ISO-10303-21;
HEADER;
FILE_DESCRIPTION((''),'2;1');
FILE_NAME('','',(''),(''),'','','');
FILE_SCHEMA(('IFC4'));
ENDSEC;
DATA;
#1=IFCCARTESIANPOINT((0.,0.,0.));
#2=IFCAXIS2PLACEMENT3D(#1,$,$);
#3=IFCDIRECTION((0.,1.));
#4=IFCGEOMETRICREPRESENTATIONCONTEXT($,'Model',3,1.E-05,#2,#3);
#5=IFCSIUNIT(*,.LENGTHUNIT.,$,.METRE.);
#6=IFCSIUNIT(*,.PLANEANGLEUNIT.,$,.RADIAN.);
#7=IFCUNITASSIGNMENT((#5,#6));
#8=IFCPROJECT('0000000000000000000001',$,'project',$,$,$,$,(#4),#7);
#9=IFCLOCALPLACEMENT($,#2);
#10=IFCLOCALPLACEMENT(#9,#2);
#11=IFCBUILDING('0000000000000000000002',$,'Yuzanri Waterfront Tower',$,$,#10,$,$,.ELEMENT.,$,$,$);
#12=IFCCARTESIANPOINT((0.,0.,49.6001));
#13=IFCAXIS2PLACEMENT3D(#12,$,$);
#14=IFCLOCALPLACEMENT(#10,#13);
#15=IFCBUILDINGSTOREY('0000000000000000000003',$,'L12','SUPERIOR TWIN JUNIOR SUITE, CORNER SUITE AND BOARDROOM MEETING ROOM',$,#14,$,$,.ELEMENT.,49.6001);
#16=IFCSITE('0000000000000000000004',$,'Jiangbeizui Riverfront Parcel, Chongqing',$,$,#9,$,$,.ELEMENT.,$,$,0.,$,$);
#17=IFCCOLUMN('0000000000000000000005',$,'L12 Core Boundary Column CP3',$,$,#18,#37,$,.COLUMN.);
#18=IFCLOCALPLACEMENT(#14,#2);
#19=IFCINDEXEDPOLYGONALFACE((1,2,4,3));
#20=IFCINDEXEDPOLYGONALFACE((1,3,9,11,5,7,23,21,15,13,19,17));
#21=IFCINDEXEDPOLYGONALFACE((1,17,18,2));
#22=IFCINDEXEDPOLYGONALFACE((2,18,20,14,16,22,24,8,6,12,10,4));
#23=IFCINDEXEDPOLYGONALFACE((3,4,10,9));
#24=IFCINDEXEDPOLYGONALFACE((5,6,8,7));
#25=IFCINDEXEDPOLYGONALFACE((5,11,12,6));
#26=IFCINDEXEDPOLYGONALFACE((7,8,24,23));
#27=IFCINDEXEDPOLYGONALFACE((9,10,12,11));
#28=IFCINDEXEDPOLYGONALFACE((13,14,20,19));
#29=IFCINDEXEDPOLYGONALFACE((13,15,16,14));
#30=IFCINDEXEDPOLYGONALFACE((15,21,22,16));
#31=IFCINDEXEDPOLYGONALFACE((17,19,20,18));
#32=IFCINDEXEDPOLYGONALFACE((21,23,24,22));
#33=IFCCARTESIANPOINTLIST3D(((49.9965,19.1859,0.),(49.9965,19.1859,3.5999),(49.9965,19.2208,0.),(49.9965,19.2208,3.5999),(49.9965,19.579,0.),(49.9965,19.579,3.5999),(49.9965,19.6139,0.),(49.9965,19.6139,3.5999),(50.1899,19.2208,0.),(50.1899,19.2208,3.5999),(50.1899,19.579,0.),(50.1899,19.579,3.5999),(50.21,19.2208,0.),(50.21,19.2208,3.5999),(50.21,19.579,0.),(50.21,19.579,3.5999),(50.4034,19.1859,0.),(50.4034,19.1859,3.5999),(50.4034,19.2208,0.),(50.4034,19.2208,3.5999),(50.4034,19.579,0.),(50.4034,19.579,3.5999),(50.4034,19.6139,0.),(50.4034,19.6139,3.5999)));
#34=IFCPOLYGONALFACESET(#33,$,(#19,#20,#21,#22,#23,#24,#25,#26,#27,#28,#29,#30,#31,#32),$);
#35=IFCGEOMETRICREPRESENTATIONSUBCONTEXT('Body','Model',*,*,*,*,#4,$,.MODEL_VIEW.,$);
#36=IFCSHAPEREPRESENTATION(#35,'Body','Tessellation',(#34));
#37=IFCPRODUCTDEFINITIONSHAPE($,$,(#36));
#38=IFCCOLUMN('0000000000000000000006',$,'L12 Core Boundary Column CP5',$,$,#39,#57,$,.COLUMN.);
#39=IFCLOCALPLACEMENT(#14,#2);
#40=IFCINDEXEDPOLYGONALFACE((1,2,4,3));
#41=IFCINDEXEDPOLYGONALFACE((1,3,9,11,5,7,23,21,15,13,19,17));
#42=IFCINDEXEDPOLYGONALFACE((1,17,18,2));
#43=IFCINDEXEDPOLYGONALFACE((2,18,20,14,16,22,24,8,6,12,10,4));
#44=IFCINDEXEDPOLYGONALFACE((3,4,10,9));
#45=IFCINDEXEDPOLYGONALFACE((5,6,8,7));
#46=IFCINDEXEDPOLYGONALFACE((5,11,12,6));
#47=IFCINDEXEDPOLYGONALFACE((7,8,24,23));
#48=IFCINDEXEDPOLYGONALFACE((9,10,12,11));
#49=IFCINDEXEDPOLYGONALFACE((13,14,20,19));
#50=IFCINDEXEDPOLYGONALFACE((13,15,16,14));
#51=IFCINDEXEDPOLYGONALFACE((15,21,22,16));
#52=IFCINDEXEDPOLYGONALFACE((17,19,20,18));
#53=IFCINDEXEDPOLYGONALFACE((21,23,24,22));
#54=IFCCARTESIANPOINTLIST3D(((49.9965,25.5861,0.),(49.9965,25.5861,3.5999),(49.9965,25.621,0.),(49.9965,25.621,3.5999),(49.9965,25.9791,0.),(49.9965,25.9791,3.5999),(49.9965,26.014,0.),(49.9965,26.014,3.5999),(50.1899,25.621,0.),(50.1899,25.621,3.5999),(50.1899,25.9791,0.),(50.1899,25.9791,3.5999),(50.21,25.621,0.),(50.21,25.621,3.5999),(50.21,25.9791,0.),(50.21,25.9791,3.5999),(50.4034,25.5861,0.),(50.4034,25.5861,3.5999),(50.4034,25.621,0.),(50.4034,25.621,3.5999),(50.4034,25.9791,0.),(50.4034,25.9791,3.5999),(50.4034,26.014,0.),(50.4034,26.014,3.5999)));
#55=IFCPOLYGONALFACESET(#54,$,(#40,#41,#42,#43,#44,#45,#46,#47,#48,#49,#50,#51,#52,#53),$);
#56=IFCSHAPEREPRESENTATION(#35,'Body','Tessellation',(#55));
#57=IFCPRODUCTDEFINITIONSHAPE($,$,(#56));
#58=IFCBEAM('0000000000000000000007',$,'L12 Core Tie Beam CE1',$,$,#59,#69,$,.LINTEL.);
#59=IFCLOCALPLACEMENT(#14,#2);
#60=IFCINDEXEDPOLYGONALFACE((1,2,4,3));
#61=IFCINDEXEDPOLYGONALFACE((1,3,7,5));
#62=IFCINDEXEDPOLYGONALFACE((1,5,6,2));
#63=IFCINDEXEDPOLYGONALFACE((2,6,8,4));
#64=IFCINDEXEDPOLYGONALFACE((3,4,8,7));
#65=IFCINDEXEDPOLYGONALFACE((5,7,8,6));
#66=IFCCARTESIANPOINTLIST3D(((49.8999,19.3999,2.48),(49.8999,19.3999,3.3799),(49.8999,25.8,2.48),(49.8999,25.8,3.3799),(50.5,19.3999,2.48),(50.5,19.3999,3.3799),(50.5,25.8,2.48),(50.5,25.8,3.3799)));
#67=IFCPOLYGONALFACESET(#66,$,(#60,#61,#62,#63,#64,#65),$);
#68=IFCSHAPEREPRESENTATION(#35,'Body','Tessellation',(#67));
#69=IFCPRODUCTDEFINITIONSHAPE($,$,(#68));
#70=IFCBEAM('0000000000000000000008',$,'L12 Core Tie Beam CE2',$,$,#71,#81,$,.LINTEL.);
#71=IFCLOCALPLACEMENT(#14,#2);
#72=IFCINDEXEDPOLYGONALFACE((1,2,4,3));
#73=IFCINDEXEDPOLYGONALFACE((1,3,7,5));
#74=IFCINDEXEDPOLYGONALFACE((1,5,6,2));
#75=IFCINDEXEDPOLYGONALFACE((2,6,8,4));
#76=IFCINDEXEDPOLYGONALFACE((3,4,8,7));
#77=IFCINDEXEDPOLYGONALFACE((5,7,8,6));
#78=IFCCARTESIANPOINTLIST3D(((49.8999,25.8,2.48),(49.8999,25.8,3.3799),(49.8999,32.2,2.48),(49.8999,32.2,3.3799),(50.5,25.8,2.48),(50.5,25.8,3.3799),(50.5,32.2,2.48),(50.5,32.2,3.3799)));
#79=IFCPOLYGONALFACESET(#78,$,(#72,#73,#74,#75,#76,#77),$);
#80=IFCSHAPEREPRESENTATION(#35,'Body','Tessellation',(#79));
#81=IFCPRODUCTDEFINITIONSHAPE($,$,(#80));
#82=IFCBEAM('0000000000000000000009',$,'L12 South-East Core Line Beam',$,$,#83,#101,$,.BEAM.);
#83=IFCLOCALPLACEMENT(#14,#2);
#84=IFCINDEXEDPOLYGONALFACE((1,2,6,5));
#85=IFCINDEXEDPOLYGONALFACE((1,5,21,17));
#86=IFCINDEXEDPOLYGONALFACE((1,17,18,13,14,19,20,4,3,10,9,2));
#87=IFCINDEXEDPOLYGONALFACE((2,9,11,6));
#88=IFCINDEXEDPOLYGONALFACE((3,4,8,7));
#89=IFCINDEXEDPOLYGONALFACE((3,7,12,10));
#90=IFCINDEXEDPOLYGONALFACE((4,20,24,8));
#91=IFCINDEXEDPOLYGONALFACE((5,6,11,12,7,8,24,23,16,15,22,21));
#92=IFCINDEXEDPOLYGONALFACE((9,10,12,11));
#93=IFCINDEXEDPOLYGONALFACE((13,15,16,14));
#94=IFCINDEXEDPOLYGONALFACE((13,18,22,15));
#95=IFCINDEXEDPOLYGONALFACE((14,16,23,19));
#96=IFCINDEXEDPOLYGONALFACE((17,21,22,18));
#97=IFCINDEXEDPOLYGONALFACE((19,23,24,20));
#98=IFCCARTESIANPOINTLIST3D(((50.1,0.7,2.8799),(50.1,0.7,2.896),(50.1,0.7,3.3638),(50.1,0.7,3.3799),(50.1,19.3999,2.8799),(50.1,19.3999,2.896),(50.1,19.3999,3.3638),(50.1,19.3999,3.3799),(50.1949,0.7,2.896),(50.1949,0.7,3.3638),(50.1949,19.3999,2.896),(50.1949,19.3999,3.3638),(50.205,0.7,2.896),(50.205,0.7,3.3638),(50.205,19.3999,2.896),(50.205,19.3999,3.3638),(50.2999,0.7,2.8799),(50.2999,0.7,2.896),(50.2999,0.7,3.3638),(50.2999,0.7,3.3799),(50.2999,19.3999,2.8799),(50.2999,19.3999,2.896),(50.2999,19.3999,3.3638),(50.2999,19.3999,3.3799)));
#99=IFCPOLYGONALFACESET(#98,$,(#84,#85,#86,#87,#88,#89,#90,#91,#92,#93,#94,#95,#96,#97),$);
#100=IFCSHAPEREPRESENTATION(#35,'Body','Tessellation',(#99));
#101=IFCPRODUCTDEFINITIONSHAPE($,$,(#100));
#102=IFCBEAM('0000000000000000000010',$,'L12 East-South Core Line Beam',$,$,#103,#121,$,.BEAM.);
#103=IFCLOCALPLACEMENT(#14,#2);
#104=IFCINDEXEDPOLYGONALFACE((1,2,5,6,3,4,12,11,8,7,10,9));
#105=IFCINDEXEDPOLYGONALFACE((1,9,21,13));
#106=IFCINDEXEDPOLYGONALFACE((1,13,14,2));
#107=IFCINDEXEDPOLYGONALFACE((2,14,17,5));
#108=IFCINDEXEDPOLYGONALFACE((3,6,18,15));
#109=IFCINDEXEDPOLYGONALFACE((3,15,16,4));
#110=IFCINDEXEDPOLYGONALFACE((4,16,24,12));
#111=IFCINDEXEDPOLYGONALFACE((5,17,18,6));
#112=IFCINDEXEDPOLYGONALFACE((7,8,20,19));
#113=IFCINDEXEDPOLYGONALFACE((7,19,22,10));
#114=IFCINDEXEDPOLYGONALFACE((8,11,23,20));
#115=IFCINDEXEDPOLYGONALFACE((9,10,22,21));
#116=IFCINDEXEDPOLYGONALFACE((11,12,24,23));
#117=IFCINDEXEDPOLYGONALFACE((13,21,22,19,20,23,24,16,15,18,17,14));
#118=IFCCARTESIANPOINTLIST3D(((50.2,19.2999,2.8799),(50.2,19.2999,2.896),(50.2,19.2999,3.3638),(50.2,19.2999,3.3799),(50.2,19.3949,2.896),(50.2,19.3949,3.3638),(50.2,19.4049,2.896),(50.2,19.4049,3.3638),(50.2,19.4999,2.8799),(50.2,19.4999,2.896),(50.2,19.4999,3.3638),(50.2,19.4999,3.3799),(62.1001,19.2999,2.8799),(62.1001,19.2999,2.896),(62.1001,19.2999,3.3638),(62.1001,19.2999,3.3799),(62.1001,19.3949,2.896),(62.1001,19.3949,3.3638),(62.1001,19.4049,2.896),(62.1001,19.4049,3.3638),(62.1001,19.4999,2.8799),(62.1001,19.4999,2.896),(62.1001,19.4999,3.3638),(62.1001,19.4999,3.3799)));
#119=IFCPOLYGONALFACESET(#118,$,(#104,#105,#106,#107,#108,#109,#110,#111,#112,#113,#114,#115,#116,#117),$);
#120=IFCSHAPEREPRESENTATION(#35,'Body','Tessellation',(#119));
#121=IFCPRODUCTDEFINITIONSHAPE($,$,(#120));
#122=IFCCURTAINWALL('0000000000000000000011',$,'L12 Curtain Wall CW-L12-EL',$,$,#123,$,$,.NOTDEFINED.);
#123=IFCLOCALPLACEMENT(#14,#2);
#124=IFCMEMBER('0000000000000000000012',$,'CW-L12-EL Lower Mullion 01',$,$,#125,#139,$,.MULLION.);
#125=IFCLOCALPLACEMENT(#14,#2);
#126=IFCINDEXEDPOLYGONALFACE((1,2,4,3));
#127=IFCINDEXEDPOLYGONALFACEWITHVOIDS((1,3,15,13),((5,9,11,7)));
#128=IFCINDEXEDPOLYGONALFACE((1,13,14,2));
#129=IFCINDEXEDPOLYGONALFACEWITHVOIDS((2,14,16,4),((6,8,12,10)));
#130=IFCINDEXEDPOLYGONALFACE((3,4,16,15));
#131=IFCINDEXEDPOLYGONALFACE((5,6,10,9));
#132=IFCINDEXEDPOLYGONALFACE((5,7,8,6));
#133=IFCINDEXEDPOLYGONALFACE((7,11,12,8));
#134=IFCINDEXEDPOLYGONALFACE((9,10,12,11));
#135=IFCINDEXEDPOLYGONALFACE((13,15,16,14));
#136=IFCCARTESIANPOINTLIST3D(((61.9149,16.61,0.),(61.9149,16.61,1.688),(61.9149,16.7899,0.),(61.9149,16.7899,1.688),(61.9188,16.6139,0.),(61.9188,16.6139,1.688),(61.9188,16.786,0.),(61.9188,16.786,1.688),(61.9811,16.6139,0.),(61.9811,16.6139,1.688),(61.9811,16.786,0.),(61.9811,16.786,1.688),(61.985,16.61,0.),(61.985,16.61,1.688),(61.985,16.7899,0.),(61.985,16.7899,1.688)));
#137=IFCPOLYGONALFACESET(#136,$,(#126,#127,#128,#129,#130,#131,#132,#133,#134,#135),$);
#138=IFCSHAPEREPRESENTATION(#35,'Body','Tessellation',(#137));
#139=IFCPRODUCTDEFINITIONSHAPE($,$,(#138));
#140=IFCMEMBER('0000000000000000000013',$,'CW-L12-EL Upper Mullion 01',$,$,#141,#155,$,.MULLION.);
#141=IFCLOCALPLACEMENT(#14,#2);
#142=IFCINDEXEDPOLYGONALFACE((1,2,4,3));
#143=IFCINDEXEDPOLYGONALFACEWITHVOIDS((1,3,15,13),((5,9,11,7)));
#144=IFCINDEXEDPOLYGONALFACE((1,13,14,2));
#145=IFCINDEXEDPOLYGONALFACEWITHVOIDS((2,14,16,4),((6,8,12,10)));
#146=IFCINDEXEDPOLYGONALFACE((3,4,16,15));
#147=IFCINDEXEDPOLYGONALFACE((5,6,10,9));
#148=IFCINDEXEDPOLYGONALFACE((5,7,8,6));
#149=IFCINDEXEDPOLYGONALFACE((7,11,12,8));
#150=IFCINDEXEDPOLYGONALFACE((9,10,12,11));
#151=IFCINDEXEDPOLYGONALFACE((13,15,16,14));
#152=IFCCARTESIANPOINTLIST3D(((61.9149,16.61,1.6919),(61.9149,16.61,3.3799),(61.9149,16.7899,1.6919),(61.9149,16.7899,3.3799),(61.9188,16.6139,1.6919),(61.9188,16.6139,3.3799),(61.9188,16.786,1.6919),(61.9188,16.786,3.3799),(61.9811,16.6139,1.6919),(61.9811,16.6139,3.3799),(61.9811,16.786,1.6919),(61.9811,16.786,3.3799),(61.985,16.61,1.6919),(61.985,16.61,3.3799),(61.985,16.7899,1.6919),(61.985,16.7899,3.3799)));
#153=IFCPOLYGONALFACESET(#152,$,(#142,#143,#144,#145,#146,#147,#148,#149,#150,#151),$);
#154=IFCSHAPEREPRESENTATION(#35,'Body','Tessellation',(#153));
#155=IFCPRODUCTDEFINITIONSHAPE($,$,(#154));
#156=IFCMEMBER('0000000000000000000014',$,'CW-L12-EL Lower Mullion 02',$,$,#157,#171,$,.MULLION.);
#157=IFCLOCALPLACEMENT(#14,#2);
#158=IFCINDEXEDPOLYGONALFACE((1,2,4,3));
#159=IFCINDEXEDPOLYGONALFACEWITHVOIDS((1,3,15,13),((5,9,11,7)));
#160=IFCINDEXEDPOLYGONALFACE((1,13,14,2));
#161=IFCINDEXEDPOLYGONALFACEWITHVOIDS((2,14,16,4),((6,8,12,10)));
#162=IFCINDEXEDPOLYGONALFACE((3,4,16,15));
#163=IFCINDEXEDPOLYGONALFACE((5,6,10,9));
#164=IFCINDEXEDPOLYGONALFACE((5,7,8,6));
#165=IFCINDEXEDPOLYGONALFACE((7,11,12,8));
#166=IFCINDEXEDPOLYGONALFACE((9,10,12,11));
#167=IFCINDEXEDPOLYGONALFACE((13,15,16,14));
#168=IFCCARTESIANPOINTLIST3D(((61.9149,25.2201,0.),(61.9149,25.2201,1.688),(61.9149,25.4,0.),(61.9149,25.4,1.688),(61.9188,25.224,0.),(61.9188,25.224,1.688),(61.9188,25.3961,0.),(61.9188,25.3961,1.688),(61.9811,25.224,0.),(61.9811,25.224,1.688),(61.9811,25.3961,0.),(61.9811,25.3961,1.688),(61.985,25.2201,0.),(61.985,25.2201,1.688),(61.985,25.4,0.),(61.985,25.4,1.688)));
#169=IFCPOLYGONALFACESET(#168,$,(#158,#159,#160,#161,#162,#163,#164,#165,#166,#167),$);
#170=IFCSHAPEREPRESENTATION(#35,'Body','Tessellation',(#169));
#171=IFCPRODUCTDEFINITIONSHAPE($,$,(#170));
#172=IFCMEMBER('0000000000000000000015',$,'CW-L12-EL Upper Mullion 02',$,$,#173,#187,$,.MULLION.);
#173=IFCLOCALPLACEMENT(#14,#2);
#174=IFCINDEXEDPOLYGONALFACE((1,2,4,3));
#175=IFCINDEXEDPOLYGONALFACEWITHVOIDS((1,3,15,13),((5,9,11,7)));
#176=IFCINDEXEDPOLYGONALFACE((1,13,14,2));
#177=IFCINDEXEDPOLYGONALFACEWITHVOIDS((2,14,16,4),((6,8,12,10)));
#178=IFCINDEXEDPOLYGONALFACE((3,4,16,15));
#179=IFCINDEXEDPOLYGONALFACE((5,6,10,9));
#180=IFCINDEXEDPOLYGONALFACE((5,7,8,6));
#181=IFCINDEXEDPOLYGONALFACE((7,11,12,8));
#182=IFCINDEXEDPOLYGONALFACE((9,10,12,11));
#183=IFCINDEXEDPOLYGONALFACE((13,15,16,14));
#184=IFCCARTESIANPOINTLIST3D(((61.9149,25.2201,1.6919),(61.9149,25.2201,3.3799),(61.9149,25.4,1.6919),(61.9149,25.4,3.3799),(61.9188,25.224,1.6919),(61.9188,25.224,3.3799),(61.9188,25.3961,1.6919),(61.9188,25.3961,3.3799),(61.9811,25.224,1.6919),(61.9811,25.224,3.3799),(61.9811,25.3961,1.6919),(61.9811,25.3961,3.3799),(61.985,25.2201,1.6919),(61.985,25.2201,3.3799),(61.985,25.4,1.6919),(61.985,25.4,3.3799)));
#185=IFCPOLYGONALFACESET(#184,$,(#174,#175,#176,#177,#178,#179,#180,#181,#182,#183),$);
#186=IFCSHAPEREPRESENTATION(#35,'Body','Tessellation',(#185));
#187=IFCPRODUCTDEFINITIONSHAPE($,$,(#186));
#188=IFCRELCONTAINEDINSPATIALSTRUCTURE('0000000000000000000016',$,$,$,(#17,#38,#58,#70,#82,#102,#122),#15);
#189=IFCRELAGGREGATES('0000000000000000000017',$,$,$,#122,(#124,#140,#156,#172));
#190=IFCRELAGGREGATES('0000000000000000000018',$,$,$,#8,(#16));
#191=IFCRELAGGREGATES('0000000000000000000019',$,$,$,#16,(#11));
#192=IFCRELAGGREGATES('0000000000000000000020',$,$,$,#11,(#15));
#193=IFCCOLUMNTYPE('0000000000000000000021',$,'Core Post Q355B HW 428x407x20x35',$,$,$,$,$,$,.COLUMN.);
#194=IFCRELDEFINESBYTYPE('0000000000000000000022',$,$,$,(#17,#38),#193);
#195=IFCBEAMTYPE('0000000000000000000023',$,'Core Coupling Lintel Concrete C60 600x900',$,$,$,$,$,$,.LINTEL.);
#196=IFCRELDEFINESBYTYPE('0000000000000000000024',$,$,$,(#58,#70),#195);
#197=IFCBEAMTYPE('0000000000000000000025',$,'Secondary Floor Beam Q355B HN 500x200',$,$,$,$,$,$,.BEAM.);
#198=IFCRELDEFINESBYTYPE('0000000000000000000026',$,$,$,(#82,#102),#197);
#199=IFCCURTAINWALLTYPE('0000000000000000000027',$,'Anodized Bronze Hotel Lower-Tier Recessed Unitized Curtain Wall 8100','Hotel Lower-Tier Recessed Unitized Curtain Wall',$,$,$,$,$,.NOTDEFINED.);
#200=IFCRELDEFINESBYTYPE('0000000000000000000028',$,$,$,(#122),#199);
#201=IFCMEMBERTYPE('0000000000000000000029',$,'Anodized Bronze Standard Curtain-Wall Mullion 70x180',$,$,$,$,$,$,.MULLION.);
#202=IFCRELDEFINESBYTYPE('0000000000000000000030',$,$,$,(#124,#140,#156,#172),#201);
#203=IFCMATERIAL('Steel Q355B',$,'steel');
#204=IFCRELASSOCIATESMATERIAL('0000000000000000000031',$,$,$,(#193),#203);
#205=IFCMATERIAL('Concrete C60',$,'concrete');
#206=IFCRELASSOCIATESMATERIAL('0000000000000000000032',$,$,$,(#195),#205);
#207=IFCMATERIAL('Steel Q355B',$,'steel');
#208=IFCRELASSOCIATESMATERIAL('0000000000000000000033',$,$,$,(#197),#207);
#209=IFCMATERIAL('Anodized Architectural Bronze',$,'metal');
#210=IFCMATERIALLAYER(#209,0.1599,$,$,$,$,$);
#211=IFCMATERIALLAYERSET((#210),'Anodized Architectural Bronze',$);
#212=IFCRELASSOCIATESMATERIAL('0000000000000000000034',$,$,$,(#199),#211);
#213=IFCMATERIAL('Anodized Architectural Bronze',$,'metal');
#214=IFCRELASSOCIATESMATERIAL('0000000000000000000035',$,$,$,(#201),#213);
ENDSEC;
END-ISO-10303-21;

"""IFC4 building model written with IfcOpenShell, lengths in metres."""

from ifc_helpers import new_model, si_unit, direction, frame, origin, origin_2d, place, context, subcontext, project, spatial, rectangle, hollow_rectangle, i_section, extrude, source, transform, mapped, material, layer, layer_set, material_profile, profile_set, type_object, element, aggregate, save


model = new_model("IFC4")

# Units and contexts
model_context = context("Model", 3, precision=1e-05, world=origin(), true_north=direction((0.0, 1.0)))
body_context = subcontext(model_context, "Body", "Model", "MODEL_VIEW")
ifc_project = project(units=[si_unit("LENGTHUNIT", "METRE"), si_unit("PLANEANGLEUNIT", "RADIAN")], contexts=[model_context])

# Site, building, storey
site_placement = place(None, origin())
site = spatial("IfcSite", under=ifc_project, at=site_placement, Name="Jiangbeizui Riverfront Parcel, Chongqing", CompositionType="ELEMENT", RefElevation=0.0)
building_placement = place(site_placement, origin())
building = spatial("IfcBuilding", under=site, at=building_placement, Name="Yuzanri Waterfront Tower", CompositionType="ELEMENT")
storey_placement = place(building_placement, frame((0.0, 0.0, 49.6001)))
storey = spatial("IfcBuildingStorey", under=building, at=storey_placement, Name="L12", Description="SUPERIOR TWIN JUNIOR SUITE, CORNER SUITE AND BOARDROOM MEETING ROOM", CompositionType="ELEMENT", Elevation=49.6001)

# Columns
ifc_material_1 = material(Name="Steel Q355B", Category="steel")
ifc_material_profile_1 = material_profile(ifc_material_1, i_section(OverallWidth=0.407, OverallDepth=0.428, WebThickness=0.02, FlangeThickness=0.0349, at=origin_2d()), Name="HW 428x407x20x35")
ifc_profile_set_1 = profile_set([ifc_material_profile_1], Name="Steel Q355B")
column_type = type_object("IfcColumnType", Name="Core Post Q355B HW 428x407x20x35", PredefinedType="COLUMN", material=ifc_profile_set_1)
shared_shape_1 = source(origin(), body_context, "Body", "SweptSolid", [
    extrude(i_section(OverallWidth=0.407, OverallDepth=0.428, WebThickness=0.02, FlangeThickness=0.0349, at=origin_2d()), origin(), (0.0, 0.0, 1.0), 3.5999),
])
for number, where, z_axis, x_axis, name in (
    (1, (50.2, 19.3999, 0.0), (0.0, 0.0, 1.0), (1.0, 0.0, 0.0), "L12 Core Boundary Column CP3"),
    (2, (50.2, 25.8, 0.0), (0.0, 0.0, 1.0), (1.0, 0.0, 0.0), "L12 Core Boundary Column CP5"),
):
    element("IfcColumn", number, at=place(storey_placement, frame(where, z_axis=z_axis, x_axis=x_axis)), inside=storey, type_object=column_type, Name=name, PredefinedType="COLUMN", context=body_context, shape_type="MappedRepresentation", body=[
        mapped(shared_shape_1, transform((0.0, 0.0, 0.0), scale=1.0)),
    ])

# Beams
ifc_material_2 = material(Name="Concrete C60", Category="concrete")
ifc_material_profile_2 = material_profile(ifc_material_2, rectangle(XDim=0.6001, YDim=0.8999, at=origin_2d()), Name="RC 600x900")
ifc_profile_set_2 = profile_set([ifc_material_profile_2], Name="Concrete C60")
beam_type_1 = type_object("IfcBeamType", Name="Core Coupling Lintel Concrete C60 600x900", PredefinedType="LINTEL", material=ifc_profile_set_2)
shared_shape_2 = source(origin(), body_context, "Body", "SweptSolid", [
    extrude(rectangle(XDim=0.6001, YDim=0.8999, at=origin_2d()), origin(), (0.0, 0.0, 1.0), 6.4001),
])
beam_1_placement = place(storey_placement, frame((50.2, 19.3999, 2.9299), z_axis=(0.0, 1.0, 0.0), x_axis=(-1.0, 0.0, 0.0)))
element("IfcBeam", 3, at=beam_1_placement, inside=storey, type_object=beam_type_1, Name="L12 Core Tie Beam CE1", PredefinedType="LINTEL", context=body_context, shape_type="MappedRepresentation", body=[
    mapped(shared_shape_2, transform((0.0, 0.0, 0.0), scale=1.0)),
])
shared_shape_3 = source(origin(), body_context, "Body", "SweptSolid", [
    extrude(rectangle(XDim=0.6001, YDim=0.8999, at=origin_2d()), origin(), (0.0, 0.0, 1.0), 6.3999),
])
beam_2_placement = place(storey_placement, frame((50.2, 25.8, 2.9299), z_axis=(0.0, 1.0, 0.0), x_axis=(-1.0, 0.0, 0.0)))
element("IfcBeam", 4, at=beam_2_placement, inside=storey, type_object=beam_type_1, Name="L12 Core Tie Beam CE2", PredefinedType="LINTEL", context=body_context, shape_type="MappedRepresentation", body=[
    mapped(shared_shape_3, transform((0.0, 0.0, 0.0), scale=1.0)),
])
ifc_material_3 = material(Name="Steel Q355B", Category="steel")
ifc_material_profile_3 = material_profile(ifc_material_3, i_section(OverallWidth=0.2, OverallDepth=0.5, WebThickness=0.01, FlangeThickness=0.0161, at=origin_2d()), Name="HN 500x200x10x16")
ifc_profile_set_3 = profile_set([ifc_material_profile_3], Name="Steel Q355B")
beam_type_2 = type_object("IfcBeamType", Name="Secondary Floor Beam Q355B HN 500x200", PredefinedType="BEAM", material=ifc_profile_set_3)
shared_shape_4 = source(origin(), body_context, "Body", "SweptSolid", [
    extrude(i_section(OverallWidth=0.2, OverallDepth=0.5, WebThickness=0.01, FlangeThickness=0.0161, at=origin_2d()), origin(), (0.0, 0.0, 1.0), 18.7),
])
beam_3_placement = place(storey_placement, frame((50.2, 19.3999, 3.1299), z_axis=(0.0, -1.0, 0.0), x_axis=(1.0, 0.0, 0.0)))
element("IfcBeam", 5, at=beam_3_placement, inside=storey, type_object=beam_type_2, Name="L12 South-East Core Line Beam", PredefinedType="BEAM", context=body_context, shape_type="MappedRepresentation", body=[
    mapped(shared_shape_4, transform((0.0, 0.0, 0.0), scale=1.0)),
])
shared_shape_5 = source(origin(), body_context, "Body", "SweptSolid", [
    extrude(i_section(OverallWidth=0.2, OverallDepth=0.5, WebThickness=0.01, FlangeThickness=0.0161, at=origin_2d()), origin(), (0.0, 0.0, 1.0), 11.9001),
])
beam_4_placement = place(storey_placement, frame((50.2, 19.3999, 3.1299), z_axis=(1.0, 0.0, 0.0), x_axis=(0.0, 1.0, 0.0)))
element("IfcBeam", 6, at=beam_4_placement, inside=storey, type_object=beam_type_2, Name="L12 East-South Core Line Beam", PredefinedType="BEAM", context=body_context, shape_type="MappedRepresentation", body=[
    mapped(shared_shape_5, transform((0.0, 0.0, 0.0), scale=1.0)),
])

# Curtain wall, members
ifc_material_4 = material(Name="Anodized Architectural Bronze", Category="metal")
ifc_layer_1 = layer(ifc_material_4, 0.1599)
ifc_layer_set_1 = layer_set([ifc_layer_1], Name="Anodized Architectural Bronze")
curtain_wall_type = type_object("IfcCurtainWallType", Name="Anodized Bronze Hotel Lower-Tier Recessed Unitized Curtain Wall 8100", Description="Hotel Lower-Tier Recessed Unitized Curtain Wall", PredefinedType="NOTDEFINED", material=ifc_layer_set_1)
curtain_wall_placement = place(storey_placement, origin())
curtain_wall = element("IfcCurtainWall", 7, at=curtain_wall_placement, inside=storey, type_object=curtain_wall_type, Name="L12 Curtain Wall CW-L12-EL", PredefinedType="NOTDEFINED")
ifc_material_5 = material(Name="Anodized Architectural Bronze", Category="metal")
ifc_material_profile_4 = material_profile(ifc_material_5, hollow_rectangle(XDim=0.0701, YDim=0.1799, WallThickness=0.0039, at=origin_2d()), Name="CWM 70x180")
ifc_profile_set_4 = profile_set([ifc_material_profile_4], Name="Anodized Architectural Bronze")
member_type = type_object("IfcMemberType", Name="Anodized Bronze Standard Curtain-Wall Mullion 70x180", PredefinedType="MULLION", material=ifc_profile_set_4)
shared_shape_6 = source(origin(), body_context, "Body", "SweptSolid", [
    extrude(hollow_rectangle(XDim=0.0701, YDim=0.1799, WallThickness=0.0039, at=origin_2d()), origin(), (0.0, 0.0, 1.0), 1.688),
])
member_1_placement = place(storey_placement, frame((61.95, 16.7, 0.0), z_axis=(0.0, 0.0, 1.0), x_axis=(1.0, 0.0, 0.0)))
member_1 = element("IfcMember", 8, at=member_1_placement, type_object=member_type, Name="CW-L12-EL Lower Mullion 01", PredefinedType="MULLION", context=body_context, shape_type="MappedRepresentation", body=[
    mapped(shared_shape_6, transform((0.0, 0.0, 0.0), scale=1.0)),
])
member_2_placement = place(storey_placement, frame((61.95, 16.7, 1.6919), z_axis=(0.0, 0.0, 1.0), x_axis=(1.0, 0.0, 0.0)))
member_2 = element("IfcMember", 9, at=member_2_placement, type_object=member_type, Name="CW-L12-EL Upper Mullion 01", PredefinedType="MULLION", context=body_context, shape_type="MappedRepresentation", body=[
    mapped(shared_shape_6, transform((0.0, 0.0, 0.0), scale=1.0)),
])
member_3_placement = place(storey_placement, frame((61.95, 25.3101, 0.0), z_axis=(0.0, 0.0, 1.0), x_axis=(1.0, 0.0, 0.0)))
member_3 = element("IfcMember", 10, at=member_3_placement, type_object=member_type, Name="CW-L12-EL Lower Mullion 02", PredefinedType="MULLION", context=body_context, shape_type="MappedRepresentation", body=[
    mapped(shared_shape_6, transform((0.0, 0.0, 0.0), scale=1.0)),
])
member_4_placement = place(storey_placement, frame((61.95, 25.3101, 1.6919), z_axis=(0.0, 0.0, 1.0), x_axis=(1.0, 0.0, 0.0)))
member_4 = element("IfcMember", 11, at=member_4_placement, type_object=member_type, Name="CW-L12-EL Upper Mullion 02", PredefinedType="MULLION", context=body_context, shape_type="MappedRepresentation", body=[
    mapped(shared_shape_6, transform((0.0, 0.0, 0.0), scale=1.0)),
])
aggregate(curtain_wall, [member_1, member_2, member_3, member_4])

save(model, "model.ifc")
